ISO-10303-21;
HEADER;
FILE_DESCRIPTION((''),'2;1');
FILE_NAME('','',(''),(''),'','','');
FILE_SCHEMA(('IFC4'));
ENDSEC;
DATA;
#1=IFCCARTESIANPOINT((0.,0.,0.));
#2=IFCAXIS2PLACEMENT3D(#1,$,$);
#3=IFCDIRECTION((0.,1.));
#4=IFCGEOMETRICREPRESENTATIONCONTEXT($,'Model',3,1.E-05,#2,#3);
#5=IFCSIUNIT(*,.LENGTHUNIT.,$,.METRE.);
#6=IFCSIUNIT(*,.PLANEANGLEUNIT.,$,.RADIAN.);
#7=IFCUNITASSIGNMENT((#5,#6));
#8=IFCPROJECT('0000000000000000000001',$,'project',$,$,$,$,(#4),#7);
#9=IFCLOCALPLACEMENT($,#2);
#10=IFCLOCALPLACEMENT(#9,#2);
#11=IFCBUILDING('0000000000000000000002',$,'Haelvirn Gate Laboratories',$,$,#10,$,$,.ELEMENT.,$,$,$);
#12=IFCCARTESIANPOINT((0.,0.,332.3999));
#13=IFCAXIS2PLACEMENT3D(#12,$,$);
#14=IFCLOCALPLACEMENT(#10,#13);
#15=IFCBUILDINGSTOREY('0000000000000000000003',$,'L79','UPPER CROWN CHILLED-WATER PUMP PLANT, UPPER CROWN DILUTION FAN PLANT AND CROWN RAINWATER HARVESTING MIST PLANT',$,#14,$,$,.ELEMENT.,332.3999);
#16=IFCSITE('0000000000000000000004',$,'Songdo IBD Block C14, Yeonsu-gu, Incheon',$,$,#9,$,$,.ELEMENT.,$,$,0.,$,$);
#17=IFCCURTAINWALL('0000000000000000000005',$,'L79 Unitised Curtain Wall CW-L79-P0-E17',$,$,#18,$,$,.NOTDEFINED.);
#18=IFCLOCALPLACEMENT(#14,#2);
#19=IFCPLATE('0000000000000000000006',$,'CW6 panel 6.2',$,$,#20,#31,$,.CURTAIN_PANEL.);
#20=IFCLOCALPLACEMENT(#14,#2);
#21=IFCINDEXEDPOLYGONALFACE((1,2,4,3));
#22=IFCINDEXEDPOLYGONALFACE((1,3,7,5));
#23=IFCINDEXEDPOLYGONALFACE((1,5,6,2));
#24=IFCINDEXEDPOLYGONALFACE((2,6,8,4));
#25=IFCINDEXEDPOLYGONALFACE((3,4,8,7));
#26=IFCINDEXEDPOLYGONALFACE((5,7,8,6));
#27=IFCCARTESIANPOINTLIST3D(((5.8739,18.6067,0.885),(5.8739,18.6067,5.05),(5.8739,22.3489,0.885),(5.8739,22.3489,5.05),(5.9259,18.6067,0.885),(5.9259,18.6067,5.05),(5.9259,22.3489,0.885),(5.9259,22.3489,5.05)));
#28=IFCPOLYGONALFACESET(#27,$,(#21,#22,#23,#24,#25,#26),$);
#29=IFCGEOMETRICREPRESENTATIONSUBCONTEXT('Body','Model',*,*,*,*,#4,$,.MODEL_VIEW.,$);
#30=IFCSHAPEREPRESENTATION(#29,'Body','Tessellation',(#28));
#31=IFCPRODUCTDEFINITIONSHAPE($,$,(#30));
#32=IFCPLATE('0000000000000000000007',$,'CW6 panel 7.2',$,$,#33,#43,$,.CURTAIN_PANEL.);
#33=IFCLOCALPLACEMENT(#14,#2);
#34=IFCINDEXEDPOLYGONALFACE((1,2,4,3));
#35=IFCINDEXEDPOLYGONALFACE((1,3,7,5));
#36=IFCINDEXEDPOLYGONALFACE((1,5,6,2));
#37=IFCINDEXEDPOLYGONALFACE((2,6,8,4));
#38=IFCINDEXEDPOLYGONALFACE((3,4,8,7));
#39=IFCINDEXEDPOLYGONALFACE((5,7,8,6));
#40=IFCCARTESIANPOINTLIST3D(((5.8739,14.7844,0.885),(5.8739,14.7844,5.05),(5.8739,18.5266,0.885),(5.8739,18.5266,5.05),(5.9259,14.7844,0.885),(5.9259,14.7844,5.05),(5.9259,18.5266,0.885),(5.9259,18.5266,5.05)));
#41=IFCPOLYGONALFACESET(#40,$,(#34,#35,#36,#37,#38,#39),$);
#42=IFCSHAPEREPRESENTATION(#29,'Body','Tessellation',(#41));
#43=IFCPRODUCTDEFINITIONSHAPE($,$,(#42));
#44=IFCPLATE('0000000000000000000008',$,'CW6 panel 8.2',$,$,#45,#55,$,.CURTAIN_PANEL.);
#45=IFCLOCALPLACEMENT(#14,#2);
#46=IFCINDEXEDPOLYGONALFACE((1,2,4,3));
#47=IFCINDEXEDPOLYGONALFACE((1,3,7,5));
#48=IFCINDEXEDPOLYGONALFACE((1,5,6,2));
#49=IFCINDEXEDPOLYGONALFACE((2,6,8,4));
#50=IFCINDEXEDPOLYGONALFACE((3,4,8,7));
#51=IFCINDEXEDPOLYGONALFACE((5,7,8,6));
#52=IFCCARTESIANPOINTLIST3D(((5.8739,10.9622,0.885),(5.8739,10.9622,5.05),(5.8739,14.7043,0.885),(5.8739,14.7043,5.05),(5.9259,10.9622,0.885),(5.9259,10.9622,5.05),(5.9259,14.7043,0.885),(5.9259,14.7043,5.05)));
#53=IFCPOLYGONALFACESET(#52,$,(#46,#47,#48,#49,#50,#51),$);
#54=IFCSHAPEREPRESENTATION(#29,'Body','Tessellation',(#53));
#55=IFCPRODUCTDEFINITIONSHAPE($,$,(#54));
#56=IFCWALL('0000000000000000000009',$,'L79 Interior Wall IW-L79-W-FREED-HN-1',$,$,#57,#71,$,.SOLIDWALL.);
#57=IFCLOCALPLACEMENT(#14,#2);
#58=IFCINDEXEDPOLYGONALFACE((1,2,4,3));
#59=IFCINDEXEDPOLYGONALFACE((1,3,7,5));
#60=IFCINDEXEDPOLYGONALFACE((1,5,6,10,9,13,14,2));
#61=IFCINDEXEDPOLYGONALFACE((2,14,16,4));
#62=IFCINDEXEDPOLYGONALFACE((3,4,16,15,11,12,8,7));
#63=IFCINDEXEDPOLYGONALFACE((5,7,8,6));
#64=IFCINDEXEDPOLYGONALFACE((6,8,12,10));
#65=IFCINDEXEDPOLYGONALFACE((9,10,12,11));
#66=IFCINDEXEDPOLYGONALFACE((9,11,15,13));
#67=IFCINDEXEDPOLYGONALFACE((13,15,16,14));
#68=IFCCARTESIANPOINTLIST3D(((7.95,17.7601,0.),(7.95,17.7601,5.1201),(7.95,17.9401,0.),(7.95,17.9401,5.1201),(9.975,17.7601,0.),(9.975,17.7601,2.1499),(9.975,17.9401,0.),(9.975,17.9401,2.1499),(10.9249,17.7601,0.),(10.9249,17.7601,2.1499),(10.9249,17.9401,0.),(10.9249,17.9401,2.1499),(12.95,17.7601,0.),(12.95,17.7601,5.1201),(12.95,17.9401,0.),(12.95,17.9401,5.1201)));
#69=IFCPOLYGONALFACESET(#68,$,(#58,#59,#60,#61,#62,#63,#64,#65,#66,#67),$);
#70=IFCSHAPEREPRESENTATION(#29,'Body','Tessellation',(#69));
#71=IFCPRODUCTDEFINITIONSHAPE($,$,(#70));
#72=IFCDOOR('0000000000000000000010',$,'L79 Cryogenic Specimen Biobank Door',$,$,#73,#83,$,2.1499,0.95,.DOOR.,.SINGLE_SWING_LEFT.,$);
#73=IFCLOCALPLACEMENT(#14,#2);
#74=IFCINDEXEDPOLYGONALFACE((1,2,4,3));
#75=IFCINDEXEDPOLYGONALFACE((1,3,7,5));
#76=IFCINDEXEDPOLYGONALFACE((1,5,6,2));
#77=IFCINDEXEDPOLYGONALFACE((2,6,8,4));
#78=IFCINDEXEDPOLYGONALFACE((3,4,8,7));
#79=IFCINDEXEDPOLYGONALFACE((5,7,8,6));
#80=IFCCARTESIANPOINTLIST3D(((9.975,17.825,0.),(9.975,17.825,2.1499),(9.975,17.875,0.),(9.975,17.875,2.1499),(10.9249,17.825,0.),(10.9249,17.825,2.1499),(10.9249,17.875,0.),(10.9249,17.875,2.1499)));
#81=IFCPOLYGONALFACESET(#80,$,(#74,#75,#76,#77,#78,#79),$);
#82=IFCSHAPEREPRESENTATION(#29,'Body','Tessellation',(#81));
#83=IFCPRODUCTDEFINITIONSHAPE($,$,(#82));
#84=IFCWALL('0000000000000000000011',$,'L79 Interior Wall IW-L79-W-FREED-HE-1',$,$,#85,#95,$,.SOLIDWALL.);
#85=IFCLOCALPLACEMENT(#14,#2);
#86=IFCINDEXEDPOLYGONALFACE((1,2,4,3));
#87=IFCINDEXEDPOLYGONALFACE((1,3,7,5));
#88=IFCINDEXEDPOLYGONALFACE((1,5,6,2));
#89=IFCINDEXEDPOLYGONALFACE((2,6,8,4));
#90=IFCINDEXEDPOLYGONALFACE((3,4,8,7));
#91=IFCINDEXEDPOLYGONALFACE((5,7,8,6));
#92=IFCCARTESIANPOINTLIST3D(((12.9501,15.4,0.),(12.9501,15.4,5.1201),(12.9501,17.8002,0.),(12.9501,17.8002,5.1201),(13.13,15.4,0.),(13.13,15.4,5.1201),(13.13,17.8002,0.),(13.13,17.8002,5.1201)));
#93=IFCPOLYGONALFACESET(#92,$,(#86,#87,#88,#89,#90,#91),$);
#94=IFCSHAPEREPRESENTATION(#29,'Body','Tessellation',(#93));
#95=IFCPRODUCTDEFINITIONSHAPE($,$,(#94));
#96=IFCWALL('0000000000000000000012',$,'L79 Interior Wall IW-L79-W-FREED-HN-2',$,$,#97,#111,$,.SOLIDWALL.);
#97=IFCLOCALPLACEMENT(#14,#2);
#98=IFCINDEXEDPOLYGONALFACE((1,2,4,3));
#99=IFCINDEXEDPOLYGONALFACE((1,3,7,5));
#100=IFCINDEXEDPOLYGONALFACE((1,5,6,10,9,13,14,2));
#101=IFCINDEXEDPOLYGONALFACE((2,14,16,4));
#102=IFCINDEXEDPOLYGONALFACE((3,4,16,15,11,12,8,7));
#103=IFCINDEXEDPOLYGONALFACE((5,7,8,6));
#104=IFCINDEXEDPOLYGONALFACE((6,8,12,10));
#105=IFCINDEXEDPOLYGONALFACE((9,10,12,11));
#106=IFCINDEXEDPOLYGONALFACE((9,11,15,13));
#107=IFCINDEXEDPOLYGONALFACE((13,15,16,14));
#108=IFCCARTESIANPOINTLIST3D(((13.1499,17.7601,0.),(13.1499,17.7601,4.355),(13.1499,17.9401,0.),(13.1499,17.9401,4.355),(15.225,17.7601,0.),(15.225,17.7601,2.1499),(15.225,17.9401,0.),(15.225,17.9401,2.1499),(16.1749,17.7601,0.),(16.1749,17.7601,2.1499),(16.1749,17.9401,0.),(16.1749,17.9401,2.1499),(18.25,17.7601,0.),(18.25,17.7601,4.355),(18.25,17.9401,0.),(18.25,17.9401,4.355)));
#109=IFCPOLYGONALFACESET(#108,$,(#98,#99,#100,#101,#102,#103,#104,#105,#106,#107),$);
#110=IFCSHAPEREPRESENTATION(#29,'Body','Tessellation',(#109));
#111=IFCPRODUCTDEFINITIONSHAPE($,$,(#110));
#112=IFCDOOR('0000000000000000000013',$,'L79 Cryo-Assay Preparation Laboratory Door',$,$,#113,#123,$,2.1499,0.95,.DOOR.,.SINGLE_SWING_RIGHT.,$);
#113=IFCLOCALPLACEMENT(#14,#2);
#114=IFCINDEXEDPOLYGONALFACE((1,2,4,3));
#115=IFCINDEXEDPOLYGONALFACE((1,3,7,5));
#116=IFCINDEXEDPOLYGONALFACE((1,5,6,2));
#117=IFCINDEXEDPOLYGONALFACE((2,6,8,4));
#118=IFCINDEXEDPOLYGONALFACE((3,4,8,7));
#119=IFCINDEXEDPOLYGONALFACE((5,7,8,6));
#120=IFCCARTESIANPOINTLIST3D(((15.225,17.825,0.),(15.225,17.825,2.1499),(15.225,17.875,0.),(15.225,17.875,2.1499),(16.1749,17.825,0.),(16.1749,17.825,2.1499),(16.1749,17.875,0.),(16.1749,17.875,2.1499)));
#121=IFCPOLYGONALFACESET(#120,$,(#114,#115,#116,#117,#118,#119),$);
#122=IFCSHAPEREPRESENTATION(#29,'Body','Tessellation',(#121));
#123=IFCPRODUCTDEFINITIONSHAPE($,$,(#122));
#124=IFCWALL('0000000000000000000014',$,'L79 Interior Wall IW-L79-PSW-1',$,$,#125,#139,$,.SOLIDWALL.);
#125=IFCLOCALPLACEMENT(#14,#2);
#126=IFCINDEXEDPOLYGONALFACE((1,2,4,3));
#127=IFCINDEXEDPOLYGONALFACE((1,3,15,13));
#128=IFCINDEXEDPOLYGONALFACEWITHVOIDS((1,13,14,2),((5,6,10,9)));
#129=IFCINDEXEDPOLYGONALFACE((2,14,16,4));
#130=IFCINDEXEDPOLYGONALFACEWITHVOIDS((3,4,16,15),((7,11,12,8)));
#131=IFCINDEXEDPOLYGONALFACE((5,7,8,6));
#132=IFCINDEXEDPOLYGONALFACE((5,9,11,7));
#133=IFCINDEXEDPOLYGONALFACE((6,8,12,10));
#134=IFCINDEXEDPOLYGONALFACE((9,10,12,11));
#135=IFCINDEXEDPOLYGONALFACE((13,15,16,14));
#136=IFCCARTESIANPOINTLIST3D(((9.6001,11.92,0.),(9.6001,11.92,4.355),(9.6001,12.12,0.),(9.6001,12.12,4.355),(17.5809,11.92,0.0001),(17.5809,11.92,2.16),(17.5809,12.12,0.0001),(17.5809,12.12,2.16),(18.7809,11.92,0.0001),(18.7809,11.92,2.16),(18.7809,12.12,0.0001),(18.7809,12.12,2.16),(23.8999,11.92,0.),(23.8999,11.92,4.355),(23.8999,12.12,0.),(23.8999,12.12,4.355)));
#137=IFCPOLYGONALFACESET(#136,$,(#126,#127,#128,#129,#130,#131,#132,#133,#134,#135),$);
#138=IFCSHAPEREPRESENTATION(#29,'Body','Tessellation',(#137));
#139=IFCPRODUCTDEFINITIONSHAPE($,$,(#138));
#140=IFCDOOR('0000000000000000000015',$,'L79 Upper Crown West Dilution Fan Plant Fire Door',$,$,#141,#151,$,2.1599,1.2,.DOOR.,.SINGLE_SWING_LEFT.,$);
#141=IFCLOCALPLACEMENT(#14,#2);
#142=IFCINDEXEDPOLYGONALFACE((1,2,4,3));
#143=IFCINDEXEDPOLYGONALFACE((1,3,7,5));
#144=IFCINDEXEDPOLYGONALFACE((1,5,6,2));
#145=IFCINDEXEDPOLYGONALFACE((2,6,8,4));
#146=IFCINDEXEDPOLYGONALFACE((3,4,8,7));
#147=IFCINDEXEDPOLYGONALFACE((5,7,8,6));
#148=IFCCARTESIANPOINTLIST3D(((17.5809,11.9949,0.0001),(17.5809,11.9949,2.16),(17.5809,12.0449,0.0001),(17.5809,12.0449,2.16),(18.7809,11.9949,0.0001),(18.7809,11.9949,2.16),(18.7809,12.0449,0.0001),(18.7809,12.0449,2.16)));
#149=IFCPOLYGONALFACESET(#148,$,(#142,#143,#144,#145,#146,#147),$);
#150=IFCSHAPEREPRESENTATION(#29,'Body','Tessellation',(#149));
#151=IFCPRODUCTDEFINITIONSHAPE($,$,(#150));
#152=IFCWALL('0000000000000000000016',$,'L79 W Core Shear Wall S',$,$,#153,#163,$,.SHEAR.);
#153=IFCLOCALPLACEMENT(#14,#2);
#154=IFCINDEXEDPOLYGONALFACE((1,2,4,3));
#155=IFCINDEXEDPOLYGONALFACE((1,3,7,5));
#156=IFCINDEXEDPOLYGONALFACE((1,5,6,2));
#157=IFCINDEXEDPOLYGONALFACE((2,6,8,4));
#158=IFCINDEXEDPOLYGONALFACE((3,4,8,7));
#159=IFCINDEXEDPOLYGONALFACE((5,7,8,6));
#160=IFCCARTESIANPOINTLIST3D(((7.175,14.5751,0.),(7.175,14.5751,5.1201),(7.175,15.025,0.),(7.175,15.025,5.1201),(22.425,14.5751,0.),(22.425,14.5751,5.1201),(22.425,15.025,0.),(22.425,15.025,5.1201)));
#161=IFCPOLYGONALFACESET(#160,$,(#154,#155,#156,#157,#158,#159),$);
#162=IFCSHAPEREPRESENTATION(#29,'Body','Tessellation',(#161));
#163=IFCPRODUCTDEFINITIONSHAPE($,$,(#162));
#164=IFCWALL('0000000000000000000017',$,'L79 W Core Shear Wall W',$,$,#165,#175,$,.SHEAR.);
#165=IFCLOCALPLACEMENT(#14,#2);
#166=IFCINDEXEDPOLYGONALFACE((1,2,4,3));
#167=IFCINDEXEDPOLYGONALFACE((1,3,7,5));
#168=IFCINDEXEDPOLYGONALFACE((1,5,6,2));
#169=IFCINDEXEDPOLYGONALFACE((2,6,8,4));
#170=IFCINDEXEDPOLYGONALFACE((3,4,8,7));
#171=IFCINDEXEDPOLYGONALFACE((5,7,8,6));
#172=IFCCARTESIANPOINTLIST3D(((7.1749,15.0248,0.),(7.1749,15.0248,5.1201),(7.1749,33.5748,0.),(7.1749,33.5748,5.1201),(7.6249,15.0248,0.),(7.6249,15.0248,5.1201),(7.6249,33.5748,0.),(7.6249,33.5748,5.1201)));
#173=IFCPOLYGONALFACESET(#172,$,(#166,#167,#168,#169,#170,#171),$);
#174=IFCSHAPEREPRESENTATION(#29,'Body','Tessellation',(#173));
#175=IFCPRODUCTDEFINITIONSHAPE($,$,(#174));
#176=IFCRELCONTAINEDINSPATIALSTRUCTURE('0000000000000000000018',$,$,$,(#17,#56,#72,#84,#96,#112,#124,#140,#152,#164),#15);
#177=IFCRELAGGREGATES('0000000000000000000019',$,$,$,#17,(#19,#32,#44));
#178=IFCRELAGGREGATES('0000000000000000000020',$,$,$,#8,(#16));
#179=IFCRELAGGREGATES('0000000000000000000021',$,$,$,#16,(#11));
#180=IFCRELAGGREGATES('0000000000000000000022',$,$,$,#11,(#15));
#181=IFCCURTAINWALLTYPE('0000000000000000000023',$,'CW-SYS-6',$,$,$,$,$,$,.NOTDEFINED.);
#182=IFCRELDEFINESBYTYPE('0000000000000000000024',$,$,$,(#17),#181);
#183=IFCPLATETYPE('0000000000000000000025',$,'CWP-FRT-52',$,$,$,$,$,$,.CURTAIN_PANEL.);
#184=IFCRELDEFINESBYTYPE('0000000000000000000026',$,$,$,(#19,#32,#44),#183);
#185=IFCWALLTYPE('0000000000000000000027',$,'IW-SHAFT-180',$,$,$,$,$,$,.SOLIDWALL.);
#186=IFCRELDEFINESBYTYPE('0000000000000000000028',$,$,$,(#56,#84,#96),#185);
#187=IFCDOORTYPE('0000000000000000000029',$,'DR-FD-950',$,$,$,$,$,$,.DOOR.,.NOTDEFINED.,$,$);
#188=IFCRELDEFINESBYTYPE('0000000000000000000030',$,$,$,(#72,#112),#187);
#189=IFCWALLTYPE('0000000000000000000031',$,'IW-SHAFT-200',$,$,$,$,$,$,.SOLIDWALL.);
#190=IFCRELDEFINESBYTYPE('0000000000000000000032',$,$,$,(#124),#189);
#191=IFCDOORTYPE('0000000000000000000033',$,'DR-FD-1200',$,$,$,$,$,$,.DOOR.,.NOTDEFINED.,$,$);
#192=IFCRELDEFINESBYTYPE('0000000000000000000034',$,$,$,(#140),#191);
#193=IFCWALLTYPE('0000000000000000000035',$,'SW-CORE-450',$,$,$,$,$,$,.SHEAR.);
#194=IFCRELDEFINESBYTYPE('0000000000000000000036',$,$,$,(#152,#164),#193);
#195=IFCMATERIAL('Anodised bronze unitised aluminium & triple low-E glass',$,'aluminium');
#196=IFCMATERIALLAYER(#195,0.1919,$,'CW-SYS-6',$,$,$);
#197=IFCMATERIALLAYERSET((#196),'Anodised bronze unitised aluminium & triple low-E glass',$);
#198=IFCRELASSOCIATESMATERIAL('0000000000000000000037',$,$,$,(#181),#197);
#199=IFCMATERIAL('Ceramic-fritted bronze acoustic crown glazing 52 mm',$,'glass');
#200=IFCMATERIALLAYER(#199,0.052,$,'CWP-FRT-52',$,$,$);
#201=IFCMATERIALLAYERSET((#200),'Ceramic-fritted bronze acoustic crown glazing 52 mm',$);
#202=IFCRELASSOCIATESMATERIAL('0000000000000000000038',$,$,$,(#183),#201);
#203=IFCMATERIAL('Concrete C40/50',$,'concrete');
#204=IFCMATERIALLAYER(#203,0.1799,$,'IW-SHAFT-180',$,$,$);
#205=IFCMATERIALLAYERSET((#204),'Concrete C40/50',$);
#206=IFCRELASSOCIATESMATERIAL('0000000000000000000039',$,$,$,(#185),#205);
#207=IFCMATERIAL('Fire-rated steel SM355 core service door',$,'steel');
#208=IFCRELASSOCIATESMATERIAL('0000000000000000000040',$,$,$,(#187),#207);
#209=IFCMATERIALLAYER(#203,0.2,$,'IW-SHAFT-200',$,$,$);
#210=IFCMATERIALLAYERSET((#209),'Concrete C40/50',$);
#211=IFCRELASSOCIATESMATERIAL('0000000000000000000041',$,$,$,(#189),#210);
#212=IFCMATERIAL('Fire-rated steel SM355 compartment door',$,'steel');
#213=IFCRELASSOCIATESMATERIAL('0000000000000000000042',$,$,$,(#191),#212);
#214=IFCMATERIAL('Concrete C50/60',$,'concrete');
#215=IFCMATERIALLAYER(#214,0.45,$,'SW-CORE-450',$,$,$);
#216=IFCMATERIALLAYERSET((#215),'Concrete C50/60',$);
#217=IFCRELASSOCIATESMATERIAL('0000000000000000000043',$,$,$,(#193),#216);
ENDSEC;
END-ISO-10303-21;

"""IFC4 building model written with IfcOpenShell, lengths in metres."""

from ifc_helpers import new_model, si_unit, direction, frame, frame_2d, origin, origin_2d, place, context, subcontext, project, spatial, rectangle, extrude, source, transform, mapped, material, layer, layer_set, type_object, type_shapes, element, fill, aggregate, save


model = new_model("IFC4")

# Units and contexts
model_context = context("Model", 3, precision=1e-05, world=origin(), true_north=direction((0.0, 1.0)))
body_context = subcontext(model_context, "Body", "Model", "MODEL_VIEW")
ifc_project = project(units=[si_unit("LENGTHUNIT", "METRE"), si_unit("PLANEANGLEUNIT", "RADIAN")], contexts=[model_context])

# Site, building, storey
site_placement = place(None, origin())
site = spatial("IfcSite", under=ifc_project, at=site_placement, Name="Songdo IBD Block C14, Yeonsu-gu, Incheon", CompositionType="ELEMENT", RefElevation=0.0)
building_placement = place(site_placement, origin())
building = spatial("IfcBuilding", under=site, at=building_placement, Name="Haelvirn Gate Laboratories", CompositionType="ELEMENT")
storey_placement = place(building_placement, frame((0.0, 0.0, 332.3999)))
storey = spatial("IfcBuildingStorey", under=building, at=storey_placement, Name="L79", Description="UPPER CROWN CHILLED-WATER PUMP PLANT, UPPER CROWN DILUTION FAN PLANT AND CROWN RAINWATER HARVESTING MIST PLANT", CompositionType="ELEMENT", Elevation=332.3999)

# Shared definitions
ifc_material_1 = material(Name="Concrete C50/60", Category="concrete")

# Curtain wall, plates
ifc_material_2 = material(Name="Anodised bronze unitised aluminium & triple low-E glass", Category="aluminium")
ifc_layer_1 = layer(ifc_material_2, 0.1919, Name="CW-SYS-6")
ifc_layer_set_1 = layer_set([ifc_layer_1], Name="Anodised bronze unitised aluminium & triple low-E glass")
curtain_wall_type = type_object("IfcCurtainWallType", Name="CW-SYS-6", PredefinedType="NOTDEFINED", material=ifc_layer_set_1)
curtain_wall_placement = place(storey_placement, origin())
curtain_wall = element("IfcCurtainWall", 1, at=curtain_wall_placement, inside=storey, type_object=curtain_wall_type, Name="L79 Unitised Curtain Wall CW-L79-P0-E17", PredefinedType="NOTDEFINED")
ifc_material_3 = material(Name="Ceramic-fritted bronze acoustic crown glazing 52 mm", Category="glass")
ifc_layer_2 = layer(ifc_material_3, 0.052, Name="CWP-FRT-52")
ifc_layer_set_2 = layer_set([ifc_layer_2], Name="Ceramic-fritted bronze acoustic crown glazing 52 mm")
plate_type = type_object("IfcPlateType", Name="CWP-FRT-52", PredefinedType="CURTAIN_PANEL", material=ifc_layer_set_2)
shared_shape_1 = source(origin(), body_context, "Body", "SweptSolid", [
    extrude(rectangle(XDim=3.7422, YDim=0.052, at=origin_2d()), origin(), (0.0, 0.0, 1.0), 4.165),
])
plate_1_placement = place(storey_placement, frame((5.8999, 20.4778, 0.885), z_axis=(0.0, 0.0, 1.0), x_axis=(0.0, -1.0, 0.0)))
plate_1 = element("IfcPlate", 2, at=plate_1_placement, type_object=plate_type, Name="CW6 panel 6.2", PredefinedType="CURTAIN_PANEL", context=body_context, shape_type="MappedRepresentation", body=[
    mapped(shared_shape_1, transform((0.0, 0.0, 0.0), scale=1.0)),
])
plate_2_placement = place(storey_placement, frame((5.8999, 16.6555, 0.885), z_axis=(0.0, 0.0, 1.0), x_axis=(0.0, -1.0, 0.0)))
plate_2 = element("IfcPlate", 3, at=plate_2_placement, type_object=plate_type, Name="CW6 panel 7.2", PredefinedType="CURTAIN_PANEL", context=body_context, shape_type="MappedRepresentation", body=[
    mapped(shared_shape_1, transform((0.0, 0.0, 0.0), scale=1.0)),
])
plate_3_placement = place(storey_placement, frame((5.8999, 12.8333, 0.885), z_axis=(0.0, 0.0, 1.0), x_axis=(0.0, -1.0, 0.0)))
plate_3 = element("IfcPlate", 4, at=plate_3_placement, type_object=plate_type, Name="CW6 panel 8.2", PredefinedType="CURTAIN_PANEL", context=body_context, shape_type="MappedRepresentation", body=[
    mapped(shared_shape_1, transform((0.0, 0.0, 0.0), scale=1.0)),
])
aggregate(curtain_wall, [plate_1, plate_2, plate_3])

# Wall, opening, door
ifc_material_4 = material(Name="Concrete C40/50", Category="concrete")
ifc_layer_3 = layer(ifc_material_4, 0.1799, Name="IW-SHAFT-180")
ifc_layer_set_3 = layer_set([ifc_layer_3], Name="Concrete C40/50")
wall_type_1 = type_object("IfcWallType", Name="IW-SHAFT-180", PredefinedType="SOLIDWALL", material=ifc_layer_set_3)
wall_1_placement = place(storey_placement, frame((7.95, 17.8501, 0.0), z_axis=(0.0, 0.0, 1.0), x_axis=(1.0, 0.0, 0.0)))
wall_1 = element("IfcWall", 5, at=wall_1_placement, inside=storey, type_object=wall_type_1, Name="L79 Interior Wall IW-L79-W-FREED-HN-1", PredefinedType="SOLIDWALL", context=body_context, shape_type="SweptSolid", body=[
    extrude(rectangle(XDim=5.0, YDim=0.1799, at=frame_2d((2.5, 0.0))), origin(), (0.0, 0.0, 1.0), 5.1201),
])
opening_1_placement = place(wall_1_placement, frame((2.0249, 0.0, 0.0)))
opening_1 = element("IfcOpeningElement", 6, at=opening_1_placement, cuts=wall_1, PredefinedType="OPENING", context=body_context, shape_type="SweptSolid", body=[
    extrude(rectangle(XDim=0.95, YDim=2.1499, at=frame_2d((0.4751, 1.075))), frame((0.0, 0.1001, 0.0), z_axis=(0.0, -1.0, 0.0), x_axis=(1.0, 0.0, 0.0)), (0.0, 0.0, 1.0), 0.2),
])
ifc_material_5 = material(Name="Fire-rated steel SM355 core service door", Category="steel")
door_type_1 = type_object("IfcDoorType", Name="DR-FD-950", OperationType="NOTDEFINED", PredefinedType="DOOR", material=ifc_material_5)
shared_shape_2 = source(origin(), body_context, "Body", "SweptSolid", [
    extrude(rectangle(XDim=0.95, YDim=2.1499, at=frame_2d((0.4751, 1.075))), frame((0.0, 0.0249, 0.0), z_axis=(0.0, -1.0, 0.0), x_axis=(1.0, 0.0, 0.0)), (0.0, 0.0, 1.0), 0.05),
])
type_shapes(door_type_1, [shared_shape_2])
door_1_placement = place(opening_1_placement, origin())
door_1 = element("IfcDoor", 7, at=door_1_placement, inside=storey, type_object=door_type_1, Name="L79 Cryogenic Specimen Biobank Door", OperationType="SINGLE_SWING_LEFT", OverallHeight=2.1499, OverallWidth=0.95, PredefinedType="DOOR", context=body_context, shape_type="MappedRepresentation", body=[
    mapped(shared_shape_2, transform((0.0, 0.0, 0.0), scale=1.0)),
])
fill(opening_1, door_1)

# Wall
wall_2_placement = place(storey_placement, frame((13.04, 15.3999, 0.0), z_axis=(0.0, 0.0, 1.0), x_axis=(0.0, 1.0, 0.0)))
element("IfcWall", 8, at=wall_2_placement, inside=storey, type_object=wall_type_1, Name="L79 Interior Wall IW-L79-W-FREED-HE-1", PredefinedType="SOLIDWALL", context=body_context, shape_type="SweptSolid", body=[
    extrude(rectangle(XDim=2.4001, YDim=0.1799, at=frame_2d((1.2002, 0.0))), origin(), (0.0, 0.0, 1.0), 5.1201),
])

# Walls, openings, doors
wall_3_placement = place(storey_placement, frame((13.1499, 17.8501, 0.0), z_axis=(0.0, 0.0, 1.0), x_axis=(1.0, 0.0, 0.0)))
wall_3 = element("IfcWall", 9, at=wall_3_placement, inside=storey, type_object=wall_type_1, Name="L79 Interior Wall IW-L79-W-FREED-HN-2", PredefinedType="SOLIDWALL", context=body_context, shape_type="SweptSolid", body=[
    extrude(rectangle(XDim=5.1001, YDim=0.1799, at=frame_2d((2.55, 0.0))), origin(), (0.0, 0.0, 1.0), 4.355),
])
opening_2_placement = place(wall_3_placement, frame((2.075, 0.0, 0.0)))
opening_2 = element("IfcOpeningElement", 10, at=opening_2_placement, cuts=wall_3, PredefinedType="OPENING", context=body_context, shape_type="SweptSolid", body=[
    extrude(rectangle(XDim=0.95, YDim=2.1499, at=frame_2d((0.4751, 1.075))), frame((0.0, 0.1001, 0.0), z_axis=(0.0, -1.0, 0.0), x_axis=(1.0, 0.0, 0.0)), (0.0, 0.0, 1.0), 0.2),
])
door_2_placement = place(opening_2_placement, origin())
door_2 = element("IfcDoor", 11, at=door_2_placement, inside=storey, type_object=door_type_1, Name="L79 Cryo-Assay Preparation Laboratory Door", OperationType="SINGLE_SWING_RIGHT", OverallHeight=2.1499, OverallWidth=0.95, PredefinedType="DOOR", context=body_context, shape_type="MappedRepresentation", body=[
    mapped(shared_shape_2, transform((0.0, 0.0, 0.0), scale=1.0)),
])
fill(opening_2, door_2)
ifc_layer_4 = layer(ifc_material_4, 0.2, Name="IW-SHAFT-200")
ifc_layer_set_4 = layer_set([ifc_layer_4], Name="Concrete C40/50")
wall_type_2 = type_object("IfcWallType", Name="IW-SHAFT-200", PredefinedType="SOLIDWALL", material=ifc_layer_set_4)
wall_4_placement = place(storey_placement, frame((9.6001, 12.02, 0.0), z_axis=(0.0, 0.0, 1.0), x_axis=(1.0, 0.0, 0.0)))
wall_4 = element("IfcWall", 12, at=wall_4_placement, inside=storey, type_object=wall_type_2, Name="L79 Interior Wall IW-L79-PSW-1", PredefinedType="SOLIDWALL", context=body_context, shape_type="SweptSolid", body=[
    extrude(rectangle(XDim=14.2998, YDim=0.2, at=frame_2d((7.1499, 0.0))), origin(), (0.0, 0.0, 1.0), 4.355),
])
opening_3_placement = place(wall_4_placement, frame((7.9807, 0.0, 0.0)))
opening_3 = element("IfcOpeningElement", 13, at=opening_3_placement, cuts=wall_4, PredefinedType="OPENING", context=body_context, shape_type="SweptSolid", body=[
    extrude(rectangle(XDim=1.2, YDim=2.1599, at=frame_2d((0.6001, 1.0801))), frame((0.0, 0.1099, 0.0), z_axis=(0.0, -1.0, 0.0), x_axis=(1.0, 0.0, 0.0)), (0.0, 0.0, 1.0), 0.22),
])
ifc_material_6 = material(Name="Fire-rated steel SM355 compartment door", Category="steel")
door_type_2 = type_object("IfcDoorType", Name="DR-FD-1200", OperationType="NOTDEFINED", PredefinedType="DOOR", material=ifc_material_6)
shared_shape_3 = source(origin(), body_context, "Body", "SweptSolid", [
    extrude(rectangle(XDim=1.2, YDim=2.1599, at=frame_2d((0.6001, 1.0801))), frame((0.0, 0.0249, 0.0), z_axis=(0.0, -1.0, 0.0), x_axis=(1.0, 0.0, 0.0)), (0.0, 0.0, 1.0), 0.05),
])
type_shapes(door_type_2, [shared_shape_3])
door_3_placement = place(opening_3_placement, origin())
door_3 = element("IfcDoor", 14, at=door_3_placement, inside=storey, type_object=door_type_2, Name="L79 Upper Crown West Dilution Fan Plant Fire Door", OperationType="SINGLE_SWING_LEFT", OverallHeight=2.1599, OverallWidth=1.2, PredefinedType="DOOR", context=body_context, shape_type="MappedRepresentation", body=[
    mapped(shared_shape_3, transform((0.0, 0.0, 0.0), scale=1.0)),
])
fill(opening_3, door_3)

# Walls
ifc_layer_5 = layer(ifc_material_1, 0.45, Name="SW-CORE-450")
ifc_layer_set_5 = layer_set([ifc_layer_5], Name="Concrete C50/60")
wall_type_3 = type_object("IfcWallType", Name="SW-CORE-450", PredefinedType="SHEAR", material=ifc_layer_set_5)
wall_5_placement = place(storey_placement, frame((7.175, 14.8, 0.0), z_axis=(0.0, 0.0, 1.0), x_axis=(1.0, 0.0, 0.0)))
element("IfcWall", 15, at=wall_5_placement, inside=storey, type_object=wall_type_3, Name="L79 W Core Shear Wall S", PredefinedType="SHEAR", context=body_context, shape_type="SweptSolid", body=[
    extrude(rectangle(XDim=15.25, YDim=0.45, at=frame_2d((7.625, 0.0))), origin(), (0.0, 0.0, 1.0), 5.1201),
])
wall_6_placement = place(storey_placement, frame((7.3999, 15.0249, 0.0), z_axis=(0.0, 0.0, 1.0), x_axis=(0.0, 1.0, 0.0)))
element("IfcWall", 16, at=wall_6_placement, inside=storey, type_object=wall_type_3, Name="L79 W Core Shear Wall W", PredefinedType="SHEAR", context=body_context, shape_type="SweptSolid", body=[
    extrude(rectangle(XDim=18.55, YDim=0.45, at=frame_2d((9.2749, 0.0))), origin(), (0.0, 0.0, 1.0), 5.1201),
])

save(model, "model.ifc")
